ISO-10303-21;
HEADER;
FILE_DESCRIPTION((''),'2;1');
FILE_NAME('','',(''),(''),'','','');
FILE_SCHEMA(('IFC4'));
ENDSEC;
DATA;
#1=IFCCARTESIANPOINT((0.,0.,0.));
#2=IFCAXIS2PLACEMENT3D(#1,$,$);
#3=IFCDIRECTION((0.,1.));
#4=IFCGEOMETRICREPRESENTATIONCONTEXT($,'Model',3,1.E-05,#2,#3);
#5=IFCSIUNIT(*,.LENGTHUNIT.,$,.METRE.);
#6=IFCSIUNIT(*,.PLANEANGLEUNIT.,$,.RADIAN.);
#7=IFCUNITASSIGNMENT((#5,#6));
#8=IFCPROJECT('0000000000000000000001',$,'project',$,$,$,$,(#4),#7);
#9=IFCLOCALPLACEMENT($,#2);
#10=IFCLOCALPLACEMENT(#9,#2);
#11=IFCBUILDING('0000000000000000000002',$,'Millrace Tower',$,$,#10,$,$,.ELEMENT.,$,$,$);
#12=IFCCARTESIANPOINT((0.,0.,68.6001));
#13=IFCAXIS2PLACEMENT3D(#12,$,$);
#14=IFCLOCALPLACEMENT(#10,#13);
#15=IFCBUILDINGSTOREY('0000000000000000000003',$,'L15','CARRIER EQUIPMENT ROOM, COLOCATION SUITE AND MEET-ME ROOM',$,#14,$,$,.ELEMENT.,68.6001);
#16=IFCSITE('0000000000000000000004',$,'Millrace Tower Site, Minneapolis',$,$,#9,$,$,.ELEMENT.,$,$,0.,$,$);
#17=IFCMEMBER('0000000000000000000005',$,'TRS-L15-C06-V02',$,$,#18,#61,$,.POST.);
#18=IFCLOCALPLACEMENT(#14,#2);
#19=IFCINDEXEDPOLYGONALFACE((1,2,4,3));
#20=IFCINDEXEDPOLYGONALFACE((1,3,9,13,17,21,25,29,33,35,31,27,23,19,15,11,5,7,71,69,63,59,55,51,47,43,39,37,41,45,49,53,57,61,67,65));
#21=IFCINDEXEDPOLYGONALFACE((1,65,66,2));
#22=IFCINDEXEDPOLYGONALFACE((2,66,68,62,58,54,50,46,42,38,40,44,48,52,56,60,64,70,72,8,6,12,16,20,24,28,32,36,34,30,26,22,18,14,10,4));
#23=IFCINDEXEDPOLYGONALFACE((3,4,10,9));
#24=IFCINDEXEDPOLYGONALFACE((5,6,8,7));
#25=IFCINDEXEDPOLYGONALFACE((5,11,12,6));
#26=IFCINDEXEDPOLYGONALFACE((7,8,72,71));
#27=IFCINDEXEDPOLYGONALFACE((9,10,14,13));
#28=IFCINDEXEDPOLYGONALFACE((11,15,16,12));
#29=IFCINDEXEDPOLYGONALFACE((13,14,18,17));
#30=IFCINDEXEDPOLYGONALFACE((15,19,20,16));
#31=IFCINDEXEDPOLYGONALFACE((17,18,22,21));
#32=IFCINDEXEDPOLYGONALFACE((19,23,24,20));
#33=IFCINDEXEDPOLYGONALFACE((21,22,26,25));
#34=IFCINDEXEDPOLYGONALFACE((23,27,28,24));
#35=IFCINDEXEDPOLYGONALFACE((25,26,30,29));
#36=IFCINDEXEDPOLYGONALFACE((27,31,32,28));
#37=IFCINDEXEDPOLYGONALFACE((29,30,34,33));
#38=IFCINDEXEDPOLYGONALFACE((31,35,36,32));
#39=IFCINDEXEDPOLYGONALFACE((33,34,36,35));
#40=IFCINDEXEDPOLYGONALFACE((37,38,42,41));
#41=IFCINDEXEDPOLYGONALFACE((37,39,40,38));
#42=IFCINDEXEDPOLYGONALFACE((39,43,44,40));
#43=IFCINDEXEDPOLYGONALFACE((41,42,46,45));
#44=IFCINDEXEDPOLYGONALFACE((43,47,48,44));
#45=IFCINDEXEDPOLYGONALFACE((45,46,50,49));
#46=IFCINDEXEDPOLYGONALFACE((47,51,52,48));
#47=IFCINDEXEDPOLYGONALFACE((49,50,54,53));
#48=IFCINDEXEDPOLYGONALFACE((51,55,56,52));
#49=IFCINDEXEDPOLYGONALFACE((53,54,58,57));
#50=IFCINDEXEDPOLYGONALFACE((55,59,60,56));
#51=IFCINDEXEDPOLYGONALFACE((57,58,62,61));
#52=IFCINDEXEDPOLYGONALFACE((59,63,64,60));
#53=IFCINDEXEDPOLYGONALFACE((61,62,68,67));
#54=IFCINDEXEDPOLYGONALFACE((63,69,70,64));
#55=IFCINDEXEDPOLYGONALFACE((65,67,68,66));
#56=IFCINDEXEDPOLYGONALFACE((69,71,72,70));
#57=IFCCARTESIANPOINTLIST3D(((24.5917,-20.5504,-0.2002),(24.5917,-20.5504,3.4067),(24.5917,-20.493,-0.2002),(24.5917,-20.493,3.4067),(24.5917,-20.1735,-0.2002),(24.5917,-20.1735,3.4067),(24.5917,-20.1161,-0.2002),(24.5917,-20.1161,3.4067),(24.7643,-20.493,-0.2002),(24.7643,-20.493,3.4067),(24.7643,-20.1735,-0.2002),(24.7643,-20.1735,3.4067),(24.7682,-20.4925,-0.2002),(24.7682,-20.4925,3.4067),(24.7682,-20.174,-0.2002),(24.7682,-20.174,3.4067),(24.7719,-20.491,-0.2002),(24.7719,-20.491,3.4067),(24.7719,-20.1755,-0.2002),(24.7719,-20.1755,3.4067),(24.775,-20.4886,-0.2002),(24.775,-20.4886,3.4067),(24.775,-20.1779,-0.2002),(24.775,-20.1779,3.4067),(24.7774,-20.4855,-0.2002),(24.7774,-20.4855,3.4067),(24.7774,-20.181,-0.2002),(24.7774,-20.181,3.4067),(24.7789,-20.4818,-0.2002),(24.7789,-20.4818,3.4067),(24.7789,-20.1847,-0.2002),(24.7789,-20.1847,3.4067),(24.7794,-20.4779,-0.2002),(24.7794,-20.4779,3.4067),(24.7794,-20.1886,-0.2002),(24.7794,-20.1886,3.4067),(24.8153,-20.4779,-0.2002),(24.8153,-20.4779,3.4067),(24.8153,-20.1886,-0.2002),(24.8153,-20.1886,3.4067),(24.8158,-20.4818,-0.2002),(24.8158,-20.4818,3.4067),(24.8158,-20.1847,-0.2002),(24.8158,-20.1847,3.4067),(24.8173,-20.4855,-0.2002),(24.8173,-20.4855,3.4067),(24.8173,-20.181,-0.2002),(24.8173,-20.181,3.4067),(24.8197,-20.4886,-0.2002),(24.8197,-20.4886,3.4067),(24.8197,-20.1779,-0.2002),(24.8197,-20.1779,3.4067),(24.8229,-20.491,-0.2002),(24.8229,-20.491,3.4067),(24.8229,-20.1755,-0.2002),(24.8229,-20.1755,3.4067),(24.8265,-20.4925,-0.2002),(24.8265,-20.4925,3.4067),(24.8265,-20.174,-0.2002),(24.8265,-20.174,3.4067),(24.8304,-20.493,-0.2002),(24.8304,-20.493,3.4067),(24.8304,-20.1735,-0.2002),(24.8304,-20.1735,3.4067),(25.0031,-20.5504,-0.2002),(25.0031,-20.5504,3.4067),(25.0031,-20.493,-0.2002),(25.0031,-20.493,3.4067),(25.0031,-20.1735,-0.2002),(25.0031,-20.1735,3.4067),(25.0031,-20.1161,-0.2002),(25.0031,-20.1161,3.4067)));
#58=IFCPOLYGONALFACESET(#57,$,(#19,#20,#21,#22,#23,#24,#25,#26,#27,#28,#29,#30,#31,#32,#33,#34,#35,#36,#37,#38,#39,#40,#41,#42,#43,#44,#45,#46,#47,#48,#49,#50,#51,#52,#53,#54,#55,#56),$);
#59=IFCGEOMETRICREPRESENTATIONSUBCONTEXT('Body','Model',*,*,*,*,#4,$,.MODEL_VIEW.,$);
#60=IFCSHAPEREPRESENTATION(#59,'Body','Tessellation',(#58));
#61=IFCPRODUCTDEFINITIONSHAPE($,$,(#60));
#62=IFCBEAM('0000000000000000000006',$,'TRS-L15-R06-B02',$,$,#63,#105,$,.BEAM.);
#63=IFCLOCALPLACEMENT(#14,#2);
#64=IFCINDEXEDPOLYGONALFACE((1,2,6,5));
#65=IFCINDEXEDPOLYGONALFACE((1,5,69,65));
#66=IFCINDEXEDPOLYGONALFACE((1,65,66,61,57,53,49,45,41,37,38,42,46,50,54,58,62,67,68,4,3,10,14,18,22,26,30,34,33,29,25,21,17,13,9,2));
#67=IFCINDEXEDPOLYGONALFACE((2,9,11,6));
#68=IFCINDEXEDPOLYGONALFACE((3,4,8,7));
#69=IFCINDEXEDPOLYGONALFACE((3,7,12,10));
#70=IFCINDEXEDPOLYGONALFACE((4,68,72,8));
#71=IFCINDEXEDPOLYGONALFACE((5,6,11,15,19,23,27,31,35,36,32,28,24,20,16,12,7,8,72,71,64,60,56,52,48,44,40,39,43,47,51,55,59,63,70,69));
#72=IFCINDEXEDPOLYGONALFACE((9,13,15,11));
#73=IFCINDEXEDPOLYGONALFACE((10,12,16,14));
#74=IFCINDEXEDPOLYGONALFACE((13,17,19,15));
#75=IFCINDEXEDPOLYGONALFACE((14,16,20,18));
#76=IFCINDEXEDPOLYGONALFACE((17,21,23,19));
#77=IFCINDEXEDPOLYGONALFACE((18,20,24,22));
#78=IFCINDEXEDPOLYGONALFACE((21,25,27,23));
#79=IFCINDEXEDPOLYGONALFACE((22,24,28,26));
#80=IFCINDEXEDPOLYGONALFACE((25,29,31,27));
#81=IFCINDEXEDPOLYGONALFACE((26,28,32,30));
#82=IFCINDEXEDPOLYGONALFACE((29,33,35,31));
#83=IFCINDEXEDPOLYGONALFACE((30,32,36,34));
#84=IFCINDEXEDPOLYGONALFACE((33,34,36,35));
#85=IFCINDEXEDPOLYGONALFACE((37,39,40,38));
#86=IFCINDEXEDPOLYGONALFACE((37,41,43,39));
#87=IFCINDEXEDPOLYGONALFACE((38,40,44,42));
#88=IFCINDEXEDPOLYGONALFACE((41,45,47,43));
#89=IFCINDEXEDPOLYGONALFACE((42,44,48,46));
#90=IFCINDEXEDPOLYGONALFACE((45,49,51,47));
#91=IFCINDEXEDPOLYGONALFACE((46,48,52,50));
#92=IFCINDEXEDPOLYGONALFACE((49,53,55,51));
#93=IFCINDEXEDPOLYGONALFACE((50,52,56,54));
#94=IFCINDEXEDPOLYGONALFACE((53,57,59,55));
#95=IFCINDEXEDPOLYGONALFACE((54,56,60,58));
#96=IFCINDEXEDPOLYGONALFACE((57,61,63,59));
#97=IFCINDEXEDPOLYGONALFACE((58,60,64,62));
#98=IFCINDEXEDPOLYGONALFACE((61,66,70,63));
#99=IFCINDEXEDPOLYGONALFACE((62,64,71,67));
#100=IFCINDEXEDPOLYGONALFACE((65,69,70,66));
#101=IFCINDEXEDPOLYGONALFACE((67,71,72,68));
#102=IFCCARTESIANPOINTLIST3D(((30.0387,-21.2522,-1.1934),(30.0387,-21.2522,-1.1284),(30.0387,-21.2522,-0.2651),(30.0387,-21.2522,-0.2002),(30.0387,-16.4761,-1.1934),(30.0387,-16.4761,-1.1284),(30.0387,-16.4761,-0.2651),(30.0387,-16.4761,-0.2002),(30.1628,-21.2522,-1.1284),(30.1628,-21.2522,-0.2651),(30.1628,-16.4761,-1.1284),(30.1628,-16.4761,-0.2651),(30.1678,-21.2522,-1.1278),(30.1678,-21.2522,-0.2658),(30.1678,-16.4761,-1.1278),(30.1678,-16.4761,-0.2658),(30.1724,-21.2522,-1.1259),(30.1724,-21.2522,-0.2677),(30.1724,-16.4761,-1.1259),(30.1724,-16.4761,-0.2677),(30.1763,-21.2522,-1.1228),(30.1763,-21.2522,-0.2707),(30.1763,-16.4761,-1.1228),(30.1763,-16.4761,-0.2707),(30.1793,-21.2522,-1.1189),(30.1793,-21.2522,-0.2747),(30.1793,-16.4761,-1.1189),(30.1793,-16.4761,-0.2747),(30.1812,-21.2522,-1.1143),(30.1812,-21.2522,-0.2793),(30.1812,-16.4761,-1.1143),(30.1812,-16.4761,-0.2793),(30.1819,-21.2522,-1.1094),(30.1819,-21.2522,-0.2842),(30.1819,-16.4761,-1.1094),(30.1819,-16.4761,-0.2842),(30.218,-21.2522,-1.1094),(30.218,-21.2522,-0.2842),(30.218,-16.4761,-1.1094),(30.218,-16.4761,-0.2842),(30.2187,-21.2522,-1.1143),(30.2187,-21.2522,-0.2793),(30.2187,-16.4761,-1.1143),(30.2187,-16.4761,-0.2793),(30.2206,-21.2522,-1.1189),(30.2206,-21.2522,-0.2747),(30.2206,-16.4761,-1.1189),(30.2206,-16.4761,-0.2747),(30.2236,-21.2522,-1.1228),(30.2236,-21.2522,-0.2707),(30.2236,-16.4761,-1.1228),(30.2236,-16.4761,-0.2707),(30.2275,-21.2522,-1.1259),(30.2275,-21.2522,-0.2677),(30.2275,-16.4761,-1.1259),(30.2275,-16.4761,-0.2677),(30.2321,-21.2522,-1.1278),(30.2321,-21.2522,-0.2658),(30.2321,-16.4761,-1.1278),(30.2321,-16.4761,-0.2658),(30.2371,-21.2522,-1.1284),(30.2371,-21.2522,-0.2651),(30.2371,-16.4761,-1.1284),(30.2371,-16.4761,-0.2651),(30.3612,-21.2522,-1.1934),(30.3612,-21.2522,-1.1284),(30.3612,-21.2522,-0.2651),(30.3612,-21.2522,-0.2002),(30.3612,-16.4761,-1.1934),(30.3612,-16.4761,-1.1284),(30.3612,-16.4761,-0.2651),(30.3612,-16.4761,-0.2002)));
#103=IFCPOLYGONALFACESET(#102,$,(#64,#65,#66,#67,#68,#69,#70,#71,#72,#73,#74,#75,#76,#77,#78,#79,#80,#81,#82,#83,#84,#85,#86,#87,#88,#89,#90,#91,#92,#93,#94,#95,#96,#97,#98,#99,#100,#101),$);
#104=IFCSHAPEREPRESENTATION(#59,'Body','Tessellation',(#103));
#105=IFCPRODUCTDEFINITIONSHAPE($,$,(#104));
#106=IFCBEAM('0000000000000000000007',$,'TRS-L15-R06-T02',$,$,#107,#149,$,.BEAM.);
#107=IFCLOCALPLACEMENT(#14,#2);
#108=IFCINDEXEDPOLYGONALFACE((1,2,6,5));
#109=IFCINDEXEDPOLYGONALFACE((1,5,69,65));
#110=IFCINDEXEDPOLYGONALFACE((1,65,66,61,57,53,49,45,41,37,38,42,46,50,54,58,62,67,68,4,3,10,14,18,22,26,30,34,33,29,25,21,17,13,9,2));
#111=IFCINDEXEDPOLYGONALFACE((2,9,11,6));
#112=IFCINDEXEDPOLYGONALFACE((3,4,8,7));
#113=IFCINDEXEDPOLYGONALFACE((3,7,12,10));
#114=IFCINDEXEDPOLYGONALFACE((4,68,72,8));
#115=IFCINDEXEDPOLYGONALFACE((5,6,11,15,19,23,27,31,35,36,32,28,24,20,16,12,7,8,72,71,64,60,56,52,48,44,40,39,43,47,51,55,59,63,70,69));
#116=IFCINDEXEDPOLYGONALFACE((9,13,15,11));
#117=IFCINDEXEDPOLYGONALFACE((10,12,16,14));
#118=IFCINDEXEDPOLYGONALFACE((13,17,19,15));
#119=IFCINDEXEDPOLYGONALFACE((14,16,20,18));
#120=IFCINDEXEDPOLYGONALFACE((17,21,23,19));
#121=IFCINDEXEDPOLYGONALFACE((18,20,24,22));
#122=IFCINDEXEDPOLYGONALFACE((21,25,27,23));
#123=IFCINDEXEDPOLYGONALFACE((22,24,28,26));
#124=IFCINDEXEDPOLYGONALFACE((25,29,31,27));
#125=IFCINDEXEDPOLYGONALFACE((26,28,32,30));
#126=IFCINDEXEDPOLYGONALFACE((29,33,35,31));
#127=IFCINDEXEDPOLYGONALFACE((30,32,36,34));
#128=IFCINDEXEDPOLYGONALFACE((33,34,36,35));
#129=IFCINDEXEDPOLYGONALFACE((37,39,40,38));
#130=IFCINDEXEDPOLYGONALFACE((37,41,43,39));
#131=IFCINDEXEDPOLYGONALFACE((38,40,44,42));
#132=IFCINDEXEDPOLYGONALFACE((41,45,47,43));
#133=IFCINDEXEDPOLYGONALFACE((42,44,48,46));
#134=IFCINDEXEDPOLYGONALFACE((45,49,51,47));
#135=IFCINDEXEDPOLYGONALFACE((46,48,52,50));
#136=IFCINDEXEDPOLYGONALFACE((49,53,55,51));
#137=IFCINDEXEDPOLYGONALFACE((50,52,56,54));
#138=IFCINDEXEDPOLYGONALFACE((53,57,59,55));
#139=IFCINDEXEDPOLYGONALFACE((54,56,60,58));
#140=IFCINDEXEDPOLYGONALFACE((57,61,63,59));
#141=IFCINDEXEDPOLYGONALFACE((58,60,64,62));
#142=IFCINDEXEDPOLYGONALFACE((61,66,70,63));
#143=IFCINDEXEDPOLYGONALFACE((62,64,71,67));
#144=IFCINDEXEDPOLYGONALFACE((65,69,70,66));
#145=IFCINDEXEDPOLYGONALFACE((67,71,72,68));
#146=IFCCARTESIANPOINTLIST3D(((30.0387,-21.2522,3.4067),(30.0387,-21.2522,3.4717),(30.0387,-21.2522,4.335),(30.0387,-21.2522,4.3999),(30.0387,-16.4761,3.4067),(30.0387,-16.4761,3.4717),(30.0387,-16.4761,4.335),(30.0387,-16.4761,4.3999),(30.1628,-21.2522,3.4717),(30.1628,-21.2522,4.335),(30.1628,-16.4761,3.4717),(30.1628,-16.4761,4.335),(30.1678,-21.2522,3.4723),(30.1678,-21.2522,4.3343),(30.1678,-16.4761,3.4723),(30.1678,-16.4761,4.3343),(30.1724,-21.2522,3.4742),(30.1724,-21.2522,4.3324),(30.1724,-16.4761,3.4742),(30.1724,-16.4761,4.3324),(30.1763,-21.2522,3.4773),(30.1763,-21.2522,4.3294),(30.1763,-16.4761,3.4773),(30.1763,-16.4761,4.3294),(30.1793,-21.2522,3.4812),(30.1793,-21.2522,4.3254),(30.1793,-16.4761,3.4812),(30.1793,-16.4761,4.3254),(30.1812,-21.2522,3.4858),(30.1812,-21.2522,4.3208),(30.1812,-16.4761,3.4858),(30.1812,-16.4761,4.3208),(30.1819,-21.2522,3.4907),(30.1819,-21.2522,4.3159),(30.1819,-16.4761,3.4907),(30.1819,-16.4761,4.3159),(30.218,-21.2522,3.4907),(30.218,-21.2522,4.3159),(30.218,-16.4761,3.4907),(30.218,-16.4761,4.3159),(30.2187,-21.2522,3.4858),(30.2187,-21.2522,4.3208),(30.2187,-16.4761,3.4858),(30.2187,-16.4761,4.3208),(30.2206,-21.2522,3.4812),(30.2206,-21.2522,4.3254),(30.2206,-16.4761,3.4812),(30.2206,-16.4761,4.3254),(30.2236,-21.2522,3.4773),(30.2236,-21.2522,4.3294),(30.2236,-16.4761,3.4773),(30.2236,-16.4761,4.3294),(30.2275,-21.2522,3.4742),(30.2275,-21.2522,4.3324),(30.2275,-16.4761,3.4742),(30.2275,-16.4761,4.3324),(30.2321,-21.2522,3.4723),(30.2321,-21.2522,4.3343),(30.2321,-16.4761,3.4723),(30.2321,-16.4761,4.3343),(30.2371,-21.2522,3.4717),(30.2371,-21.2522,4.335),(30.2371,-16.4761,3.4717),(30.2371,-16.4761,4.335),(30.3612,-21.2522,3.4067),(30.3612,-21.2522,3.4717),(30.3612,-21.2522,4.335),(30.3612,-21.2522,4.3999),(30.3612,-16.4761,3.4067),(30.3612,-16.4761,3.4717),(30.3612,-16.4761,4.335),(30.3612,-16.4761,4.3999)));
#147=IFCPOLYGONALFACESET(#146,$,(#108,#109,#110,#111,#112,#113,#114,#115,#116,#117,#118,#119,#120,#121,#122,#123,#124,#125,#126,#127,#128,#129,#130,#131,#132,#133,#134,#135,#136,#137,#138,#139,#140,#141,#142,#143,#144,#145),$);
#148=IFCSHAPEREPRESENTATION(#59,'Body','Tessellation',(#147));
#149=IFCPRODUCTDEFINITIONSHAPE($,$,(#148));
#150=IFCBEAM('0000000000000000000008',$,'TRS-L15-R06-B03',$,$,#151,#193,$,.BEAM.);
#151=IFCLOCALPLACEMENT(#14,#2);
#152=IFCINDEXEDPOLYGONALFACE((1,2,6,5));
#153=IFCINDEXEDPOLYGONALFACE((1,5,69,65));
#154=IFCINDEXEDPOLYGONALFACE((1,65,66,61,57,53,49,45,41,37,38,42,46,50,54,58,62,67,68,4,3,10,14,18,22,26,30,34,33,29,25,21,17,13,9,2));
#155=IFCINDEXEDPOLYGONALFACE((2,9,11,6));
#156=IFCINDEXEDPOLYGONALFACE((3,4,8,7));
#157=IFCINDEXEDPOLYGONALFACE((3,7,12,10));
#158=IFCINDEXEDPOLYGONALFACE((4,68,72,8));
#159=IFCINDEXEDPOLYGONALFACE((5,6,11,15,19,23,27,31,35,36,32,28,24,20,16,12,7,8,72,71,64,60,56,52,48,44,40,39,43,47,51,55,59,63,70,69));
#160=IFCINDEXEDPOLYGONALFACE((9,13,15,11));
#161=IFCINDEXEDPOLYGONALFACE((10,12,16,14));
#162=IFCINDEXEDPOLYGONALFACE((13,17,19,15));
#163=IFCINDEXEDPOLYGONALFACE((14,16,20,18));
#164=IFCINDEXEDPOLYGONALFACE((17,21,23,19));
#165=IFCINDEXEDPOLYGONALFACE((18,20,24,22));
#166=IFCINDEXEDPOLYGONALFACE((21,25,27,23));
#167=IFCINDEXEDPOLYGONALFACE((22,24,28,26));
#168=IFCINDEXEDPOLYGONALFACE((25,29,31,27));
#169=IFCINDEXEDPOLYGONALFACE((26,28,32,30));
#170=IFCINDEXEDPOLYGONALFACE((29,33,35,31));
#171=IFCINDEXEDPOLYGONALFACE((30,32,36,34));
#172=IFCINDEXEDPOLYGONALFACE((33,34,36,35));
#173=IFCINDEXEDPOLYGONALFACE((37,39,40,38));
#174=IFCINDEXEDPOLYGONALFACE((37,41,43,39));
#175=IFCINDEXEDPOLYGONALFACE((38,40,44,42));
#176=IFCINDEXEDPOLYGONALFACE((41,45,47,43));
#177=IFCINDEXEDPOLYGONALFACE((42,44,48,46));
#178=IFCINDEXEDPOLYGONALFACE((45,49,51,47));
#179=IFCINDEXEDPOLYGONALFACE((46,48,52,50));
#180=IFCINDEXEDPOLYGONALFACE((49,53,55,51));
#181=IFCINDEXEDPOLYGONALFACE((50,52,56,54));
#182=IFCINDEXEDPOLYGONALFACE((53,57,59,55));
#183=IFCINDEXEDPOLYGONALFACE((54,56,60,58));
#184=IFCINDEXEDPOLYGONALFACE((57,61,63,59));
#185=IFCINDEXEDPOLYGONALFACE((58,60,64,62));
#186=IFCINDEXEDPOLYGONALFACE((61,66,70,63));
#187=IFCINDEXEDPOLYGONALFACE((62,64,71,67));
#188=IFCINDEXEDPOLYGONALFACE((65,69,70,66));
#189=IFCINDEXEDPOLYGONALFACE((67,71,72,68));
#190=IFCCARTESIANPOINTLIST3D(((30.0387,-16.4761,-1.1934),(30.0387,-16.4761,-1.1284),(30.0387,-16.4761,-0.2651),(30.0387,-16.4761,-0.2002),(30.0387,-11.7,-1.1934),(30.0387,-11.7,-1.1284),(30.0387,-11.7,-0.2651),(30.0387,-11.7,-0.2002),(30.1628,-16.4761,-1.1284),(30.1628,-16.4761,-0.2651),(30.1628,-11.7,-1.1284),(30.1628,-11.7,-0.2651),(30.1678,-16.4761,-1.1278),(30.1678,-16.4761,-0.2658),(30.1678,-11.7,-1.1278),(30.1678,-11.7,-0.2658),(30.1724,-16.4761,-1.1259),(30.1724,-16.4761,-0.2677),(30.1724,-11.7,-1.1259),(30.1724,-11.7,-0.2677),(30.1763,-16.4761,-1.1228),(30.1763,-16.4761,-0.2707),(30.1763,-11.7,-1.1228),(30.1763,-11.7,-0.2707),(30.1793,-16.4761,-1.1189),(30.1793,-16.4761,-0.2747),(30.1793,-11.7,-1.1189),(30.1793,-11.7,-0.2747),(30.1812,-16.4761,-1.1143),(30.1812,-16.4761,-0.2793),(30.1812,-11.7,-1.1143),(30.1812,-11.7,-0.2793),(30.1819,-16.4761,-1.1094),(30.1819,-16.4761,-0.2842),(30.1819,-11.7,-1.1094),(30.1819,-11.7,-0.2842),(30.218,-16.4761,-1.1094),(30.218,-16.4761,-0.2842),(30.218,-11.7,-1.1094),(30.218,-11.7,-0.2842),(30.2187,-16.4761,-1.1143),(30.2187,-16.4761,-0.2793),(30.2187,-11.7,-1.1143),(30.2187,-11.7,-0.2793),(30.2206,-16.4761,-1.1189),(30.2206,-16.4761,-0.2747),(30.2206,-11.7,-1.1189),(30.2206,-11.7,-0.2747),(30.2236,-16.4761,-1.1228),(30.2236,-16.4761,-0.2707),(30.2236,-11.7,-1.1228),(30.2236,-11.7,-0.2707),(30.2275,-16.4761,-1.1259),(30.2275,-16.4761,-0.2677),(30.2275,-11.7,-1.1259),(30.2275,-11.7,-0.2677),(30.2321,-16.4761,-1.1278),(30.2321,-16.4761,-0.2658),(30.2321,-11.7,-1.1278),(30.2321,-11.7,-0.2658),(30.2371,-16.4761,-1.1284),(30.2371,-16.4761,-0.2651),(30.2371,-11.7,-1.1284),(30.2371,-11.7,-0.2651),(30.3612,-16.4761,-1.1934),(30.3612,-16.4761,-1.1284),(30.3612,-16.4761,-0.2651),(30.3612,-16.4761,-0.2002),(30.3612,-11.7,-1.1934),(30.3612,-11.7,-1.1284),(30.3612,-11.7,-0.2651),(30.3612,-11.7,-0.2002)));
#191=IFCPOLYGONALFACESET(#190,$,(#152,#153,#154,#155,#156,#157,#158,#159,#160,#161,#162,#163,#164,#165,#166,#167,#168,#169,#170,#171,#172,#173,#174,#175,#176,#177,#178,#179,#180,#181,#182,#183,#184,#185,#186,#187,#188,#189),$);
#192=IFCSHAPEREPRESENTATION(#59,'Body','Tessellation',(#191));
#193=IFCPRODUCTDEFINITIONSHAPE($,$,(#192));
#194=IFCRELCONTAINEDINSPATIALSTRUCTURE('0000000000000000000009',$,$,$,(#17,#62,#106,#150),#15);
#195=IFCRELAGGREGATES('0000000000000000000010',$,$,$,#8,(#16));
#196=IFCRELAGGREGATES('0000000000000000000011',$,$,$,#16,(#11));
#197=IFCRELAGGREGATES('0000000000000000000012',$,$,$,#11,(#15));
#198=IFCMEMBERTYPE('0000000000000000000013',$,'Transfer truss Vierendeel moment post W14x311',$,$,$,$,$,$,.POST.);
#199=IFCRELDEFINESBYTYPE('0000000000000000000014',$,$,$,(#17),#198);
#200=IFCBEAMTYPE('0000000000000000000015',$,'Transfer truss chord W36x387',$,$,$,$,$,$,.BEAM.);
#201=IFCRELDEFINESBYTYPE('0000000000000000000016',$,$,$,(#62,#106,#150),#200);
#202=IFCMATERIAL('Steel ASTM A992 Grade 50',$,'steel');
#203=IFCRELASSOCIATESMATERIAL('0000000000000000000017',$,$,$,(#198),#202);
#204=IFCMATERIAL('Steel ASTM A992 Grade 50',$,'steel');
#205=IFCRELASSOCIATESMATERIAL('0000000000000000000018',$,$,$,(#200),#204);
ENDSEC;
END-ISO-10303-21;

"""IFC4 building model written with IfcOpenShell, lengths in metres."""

from ifc_helpers import new_model, si_unit, direction, frame, origin, origin_2d, place, context, subcontext, project, spatial, i_section, extrude, material, material_profile, profile_set, type_object, element, save


model = new_model("IFC4")

# Units and contexts
model_context = context("Model", 3, precision=1e-05, world=origin(), true_north=direction((0.0, 1.0)))
body_context = subcontext(model_context, "Body", "Model", "MODEL_VIEW")
ifc_project = project(units=[si_unit("LENGTHUNIT", "METRE"), si_unit("PLANEANGLEUNIT", "RADIAN")], contexts=[model_context])

# Site, building, storey
site_placement = place(None, origin())
site = spatial("IfcSite", under=ifc_project, at=site_placement, Name="Millrace Tower Site, Minneapolis", CompositionType="ELEMENT", RefElevation=0.0)
building_placement = place(site_placement, origin())
building = spatial("IfcBuilding", under=site, at=building_placement, Name="Millrace Tower", CompositionType="ELEMENT")
storey_placement = place(building_placement, frame((0.0, 0.0, 68.6001)))
storey = spatial("IfcBuildingStorey", under=building, at=storey_placement, Name="L15", Description="CARRIER EQUIPMENT ROOM, COLOCATION SUITE AND MEET-ME ROOM", CompositionType="ELEMENT", Elevation=68.6001)

# Member
ifc_material_1 = material(Name="Steel ASTM A992 Grade 50", Category="steel")
ifc_material_profile_1 = material_profile(ifc_material_1, i_section(OverallWidth=0.4114, OverallDepth=0.4343, WebThickness=0.0359, FlangeThickness=0.0574, FilletRadius=0.0151, at=origin_2d()))
ifc_profile_set_1 = profile_set([ifc_material_profile_1], Name="Steel ASTM A992 Grade 50")
member_type_1 = type_object("IfcMemberType", Name="Transfer truss Vierendeel moment post W14x311", PredefinedType="POST", material=ifc_profile_set_1)
member_1_placement = place(storey_placement, frame((24.7974, -20.3333, -0.2002), z_axis=(0.0, 0.0, 1.0), x_axis=(1.0, 0.0, 0.0)))
element("IfcMember", 1, at=member_1_placement, inside=storey, type_object=member_type_1, Name="TRS-L15-C06-V02", PredefinedType="POST", context=body_context, shape_type="SweptSolid", body=[
    extrude(i_section(OverallWidth=0.4114, OverallDepth=0.4343, WebThickness=0.0359, FlangeThickness=0.0574, FilletRadius=0.0151, at=origin_2d()), origin(), (0.0, 0.0, 1.0), 3.6069),
])

# Beams
ifc_material_2 = material(Name="Steel ASTM A992 Grade 50", Category="steel")
ifc_material_profile_2 = material_profile(ifc_material_2, i_section(OverallWidth=0.3225, OverallDepth=0.9932, WebThickness=0.0361, FlangeThickness=0.0649, FilletRadius=0.019, at=origin_2d()))
ifc_profile_set_2 = profile_set([ifc_material_profile_2], Name="Steel ASTM A992 Grade 50")
beam_type_1 = type_object("IfcBeamType", Name="Transfer truss chord W36x387", PredefinedType="BEAM", material=ifc_profile_set_2)
for number, where, z_axis, x_axis, name in (
    (2, (30.2, -21.2522, -0.6968), (0.0, 1.0, 0.0), (-1.0, 0.0, 0.0), "TRS-L15-R06-B02"),
    (3, (30.2, -21.2522, 3.9033), (0.0, 1.0, 0.0), (-1.0, 0.0, 0.0), "TRS-L15-R06-T02"),
    (4, (30.2, -16.4761, -0.6968), (0.0, 1.0, 0.0), (-1.0, 0.0, 0.0), "TRS-L15-R06-B03"),
):
    element("IfcBeam", number, at=place(storey_placement, frame(where, z_axis=z_axis, x_axis=x_axis)), inside=storey, type_object=beam_type_1, Name=name, PredefinedType="BEAM", context=body_context, shape_type="SweptSolid", body=[
        extrude(i_section(OverallWidth=0.3225, OverallDepth=0.9932, WebThickness=0.0361, FlangeThickness=0.0649, FilletRadius=0.019, at=origin_2d()), origin(), (0.0, 0.0, 1.0), 4.7761),
    ])

save(model, "model.ifc")
